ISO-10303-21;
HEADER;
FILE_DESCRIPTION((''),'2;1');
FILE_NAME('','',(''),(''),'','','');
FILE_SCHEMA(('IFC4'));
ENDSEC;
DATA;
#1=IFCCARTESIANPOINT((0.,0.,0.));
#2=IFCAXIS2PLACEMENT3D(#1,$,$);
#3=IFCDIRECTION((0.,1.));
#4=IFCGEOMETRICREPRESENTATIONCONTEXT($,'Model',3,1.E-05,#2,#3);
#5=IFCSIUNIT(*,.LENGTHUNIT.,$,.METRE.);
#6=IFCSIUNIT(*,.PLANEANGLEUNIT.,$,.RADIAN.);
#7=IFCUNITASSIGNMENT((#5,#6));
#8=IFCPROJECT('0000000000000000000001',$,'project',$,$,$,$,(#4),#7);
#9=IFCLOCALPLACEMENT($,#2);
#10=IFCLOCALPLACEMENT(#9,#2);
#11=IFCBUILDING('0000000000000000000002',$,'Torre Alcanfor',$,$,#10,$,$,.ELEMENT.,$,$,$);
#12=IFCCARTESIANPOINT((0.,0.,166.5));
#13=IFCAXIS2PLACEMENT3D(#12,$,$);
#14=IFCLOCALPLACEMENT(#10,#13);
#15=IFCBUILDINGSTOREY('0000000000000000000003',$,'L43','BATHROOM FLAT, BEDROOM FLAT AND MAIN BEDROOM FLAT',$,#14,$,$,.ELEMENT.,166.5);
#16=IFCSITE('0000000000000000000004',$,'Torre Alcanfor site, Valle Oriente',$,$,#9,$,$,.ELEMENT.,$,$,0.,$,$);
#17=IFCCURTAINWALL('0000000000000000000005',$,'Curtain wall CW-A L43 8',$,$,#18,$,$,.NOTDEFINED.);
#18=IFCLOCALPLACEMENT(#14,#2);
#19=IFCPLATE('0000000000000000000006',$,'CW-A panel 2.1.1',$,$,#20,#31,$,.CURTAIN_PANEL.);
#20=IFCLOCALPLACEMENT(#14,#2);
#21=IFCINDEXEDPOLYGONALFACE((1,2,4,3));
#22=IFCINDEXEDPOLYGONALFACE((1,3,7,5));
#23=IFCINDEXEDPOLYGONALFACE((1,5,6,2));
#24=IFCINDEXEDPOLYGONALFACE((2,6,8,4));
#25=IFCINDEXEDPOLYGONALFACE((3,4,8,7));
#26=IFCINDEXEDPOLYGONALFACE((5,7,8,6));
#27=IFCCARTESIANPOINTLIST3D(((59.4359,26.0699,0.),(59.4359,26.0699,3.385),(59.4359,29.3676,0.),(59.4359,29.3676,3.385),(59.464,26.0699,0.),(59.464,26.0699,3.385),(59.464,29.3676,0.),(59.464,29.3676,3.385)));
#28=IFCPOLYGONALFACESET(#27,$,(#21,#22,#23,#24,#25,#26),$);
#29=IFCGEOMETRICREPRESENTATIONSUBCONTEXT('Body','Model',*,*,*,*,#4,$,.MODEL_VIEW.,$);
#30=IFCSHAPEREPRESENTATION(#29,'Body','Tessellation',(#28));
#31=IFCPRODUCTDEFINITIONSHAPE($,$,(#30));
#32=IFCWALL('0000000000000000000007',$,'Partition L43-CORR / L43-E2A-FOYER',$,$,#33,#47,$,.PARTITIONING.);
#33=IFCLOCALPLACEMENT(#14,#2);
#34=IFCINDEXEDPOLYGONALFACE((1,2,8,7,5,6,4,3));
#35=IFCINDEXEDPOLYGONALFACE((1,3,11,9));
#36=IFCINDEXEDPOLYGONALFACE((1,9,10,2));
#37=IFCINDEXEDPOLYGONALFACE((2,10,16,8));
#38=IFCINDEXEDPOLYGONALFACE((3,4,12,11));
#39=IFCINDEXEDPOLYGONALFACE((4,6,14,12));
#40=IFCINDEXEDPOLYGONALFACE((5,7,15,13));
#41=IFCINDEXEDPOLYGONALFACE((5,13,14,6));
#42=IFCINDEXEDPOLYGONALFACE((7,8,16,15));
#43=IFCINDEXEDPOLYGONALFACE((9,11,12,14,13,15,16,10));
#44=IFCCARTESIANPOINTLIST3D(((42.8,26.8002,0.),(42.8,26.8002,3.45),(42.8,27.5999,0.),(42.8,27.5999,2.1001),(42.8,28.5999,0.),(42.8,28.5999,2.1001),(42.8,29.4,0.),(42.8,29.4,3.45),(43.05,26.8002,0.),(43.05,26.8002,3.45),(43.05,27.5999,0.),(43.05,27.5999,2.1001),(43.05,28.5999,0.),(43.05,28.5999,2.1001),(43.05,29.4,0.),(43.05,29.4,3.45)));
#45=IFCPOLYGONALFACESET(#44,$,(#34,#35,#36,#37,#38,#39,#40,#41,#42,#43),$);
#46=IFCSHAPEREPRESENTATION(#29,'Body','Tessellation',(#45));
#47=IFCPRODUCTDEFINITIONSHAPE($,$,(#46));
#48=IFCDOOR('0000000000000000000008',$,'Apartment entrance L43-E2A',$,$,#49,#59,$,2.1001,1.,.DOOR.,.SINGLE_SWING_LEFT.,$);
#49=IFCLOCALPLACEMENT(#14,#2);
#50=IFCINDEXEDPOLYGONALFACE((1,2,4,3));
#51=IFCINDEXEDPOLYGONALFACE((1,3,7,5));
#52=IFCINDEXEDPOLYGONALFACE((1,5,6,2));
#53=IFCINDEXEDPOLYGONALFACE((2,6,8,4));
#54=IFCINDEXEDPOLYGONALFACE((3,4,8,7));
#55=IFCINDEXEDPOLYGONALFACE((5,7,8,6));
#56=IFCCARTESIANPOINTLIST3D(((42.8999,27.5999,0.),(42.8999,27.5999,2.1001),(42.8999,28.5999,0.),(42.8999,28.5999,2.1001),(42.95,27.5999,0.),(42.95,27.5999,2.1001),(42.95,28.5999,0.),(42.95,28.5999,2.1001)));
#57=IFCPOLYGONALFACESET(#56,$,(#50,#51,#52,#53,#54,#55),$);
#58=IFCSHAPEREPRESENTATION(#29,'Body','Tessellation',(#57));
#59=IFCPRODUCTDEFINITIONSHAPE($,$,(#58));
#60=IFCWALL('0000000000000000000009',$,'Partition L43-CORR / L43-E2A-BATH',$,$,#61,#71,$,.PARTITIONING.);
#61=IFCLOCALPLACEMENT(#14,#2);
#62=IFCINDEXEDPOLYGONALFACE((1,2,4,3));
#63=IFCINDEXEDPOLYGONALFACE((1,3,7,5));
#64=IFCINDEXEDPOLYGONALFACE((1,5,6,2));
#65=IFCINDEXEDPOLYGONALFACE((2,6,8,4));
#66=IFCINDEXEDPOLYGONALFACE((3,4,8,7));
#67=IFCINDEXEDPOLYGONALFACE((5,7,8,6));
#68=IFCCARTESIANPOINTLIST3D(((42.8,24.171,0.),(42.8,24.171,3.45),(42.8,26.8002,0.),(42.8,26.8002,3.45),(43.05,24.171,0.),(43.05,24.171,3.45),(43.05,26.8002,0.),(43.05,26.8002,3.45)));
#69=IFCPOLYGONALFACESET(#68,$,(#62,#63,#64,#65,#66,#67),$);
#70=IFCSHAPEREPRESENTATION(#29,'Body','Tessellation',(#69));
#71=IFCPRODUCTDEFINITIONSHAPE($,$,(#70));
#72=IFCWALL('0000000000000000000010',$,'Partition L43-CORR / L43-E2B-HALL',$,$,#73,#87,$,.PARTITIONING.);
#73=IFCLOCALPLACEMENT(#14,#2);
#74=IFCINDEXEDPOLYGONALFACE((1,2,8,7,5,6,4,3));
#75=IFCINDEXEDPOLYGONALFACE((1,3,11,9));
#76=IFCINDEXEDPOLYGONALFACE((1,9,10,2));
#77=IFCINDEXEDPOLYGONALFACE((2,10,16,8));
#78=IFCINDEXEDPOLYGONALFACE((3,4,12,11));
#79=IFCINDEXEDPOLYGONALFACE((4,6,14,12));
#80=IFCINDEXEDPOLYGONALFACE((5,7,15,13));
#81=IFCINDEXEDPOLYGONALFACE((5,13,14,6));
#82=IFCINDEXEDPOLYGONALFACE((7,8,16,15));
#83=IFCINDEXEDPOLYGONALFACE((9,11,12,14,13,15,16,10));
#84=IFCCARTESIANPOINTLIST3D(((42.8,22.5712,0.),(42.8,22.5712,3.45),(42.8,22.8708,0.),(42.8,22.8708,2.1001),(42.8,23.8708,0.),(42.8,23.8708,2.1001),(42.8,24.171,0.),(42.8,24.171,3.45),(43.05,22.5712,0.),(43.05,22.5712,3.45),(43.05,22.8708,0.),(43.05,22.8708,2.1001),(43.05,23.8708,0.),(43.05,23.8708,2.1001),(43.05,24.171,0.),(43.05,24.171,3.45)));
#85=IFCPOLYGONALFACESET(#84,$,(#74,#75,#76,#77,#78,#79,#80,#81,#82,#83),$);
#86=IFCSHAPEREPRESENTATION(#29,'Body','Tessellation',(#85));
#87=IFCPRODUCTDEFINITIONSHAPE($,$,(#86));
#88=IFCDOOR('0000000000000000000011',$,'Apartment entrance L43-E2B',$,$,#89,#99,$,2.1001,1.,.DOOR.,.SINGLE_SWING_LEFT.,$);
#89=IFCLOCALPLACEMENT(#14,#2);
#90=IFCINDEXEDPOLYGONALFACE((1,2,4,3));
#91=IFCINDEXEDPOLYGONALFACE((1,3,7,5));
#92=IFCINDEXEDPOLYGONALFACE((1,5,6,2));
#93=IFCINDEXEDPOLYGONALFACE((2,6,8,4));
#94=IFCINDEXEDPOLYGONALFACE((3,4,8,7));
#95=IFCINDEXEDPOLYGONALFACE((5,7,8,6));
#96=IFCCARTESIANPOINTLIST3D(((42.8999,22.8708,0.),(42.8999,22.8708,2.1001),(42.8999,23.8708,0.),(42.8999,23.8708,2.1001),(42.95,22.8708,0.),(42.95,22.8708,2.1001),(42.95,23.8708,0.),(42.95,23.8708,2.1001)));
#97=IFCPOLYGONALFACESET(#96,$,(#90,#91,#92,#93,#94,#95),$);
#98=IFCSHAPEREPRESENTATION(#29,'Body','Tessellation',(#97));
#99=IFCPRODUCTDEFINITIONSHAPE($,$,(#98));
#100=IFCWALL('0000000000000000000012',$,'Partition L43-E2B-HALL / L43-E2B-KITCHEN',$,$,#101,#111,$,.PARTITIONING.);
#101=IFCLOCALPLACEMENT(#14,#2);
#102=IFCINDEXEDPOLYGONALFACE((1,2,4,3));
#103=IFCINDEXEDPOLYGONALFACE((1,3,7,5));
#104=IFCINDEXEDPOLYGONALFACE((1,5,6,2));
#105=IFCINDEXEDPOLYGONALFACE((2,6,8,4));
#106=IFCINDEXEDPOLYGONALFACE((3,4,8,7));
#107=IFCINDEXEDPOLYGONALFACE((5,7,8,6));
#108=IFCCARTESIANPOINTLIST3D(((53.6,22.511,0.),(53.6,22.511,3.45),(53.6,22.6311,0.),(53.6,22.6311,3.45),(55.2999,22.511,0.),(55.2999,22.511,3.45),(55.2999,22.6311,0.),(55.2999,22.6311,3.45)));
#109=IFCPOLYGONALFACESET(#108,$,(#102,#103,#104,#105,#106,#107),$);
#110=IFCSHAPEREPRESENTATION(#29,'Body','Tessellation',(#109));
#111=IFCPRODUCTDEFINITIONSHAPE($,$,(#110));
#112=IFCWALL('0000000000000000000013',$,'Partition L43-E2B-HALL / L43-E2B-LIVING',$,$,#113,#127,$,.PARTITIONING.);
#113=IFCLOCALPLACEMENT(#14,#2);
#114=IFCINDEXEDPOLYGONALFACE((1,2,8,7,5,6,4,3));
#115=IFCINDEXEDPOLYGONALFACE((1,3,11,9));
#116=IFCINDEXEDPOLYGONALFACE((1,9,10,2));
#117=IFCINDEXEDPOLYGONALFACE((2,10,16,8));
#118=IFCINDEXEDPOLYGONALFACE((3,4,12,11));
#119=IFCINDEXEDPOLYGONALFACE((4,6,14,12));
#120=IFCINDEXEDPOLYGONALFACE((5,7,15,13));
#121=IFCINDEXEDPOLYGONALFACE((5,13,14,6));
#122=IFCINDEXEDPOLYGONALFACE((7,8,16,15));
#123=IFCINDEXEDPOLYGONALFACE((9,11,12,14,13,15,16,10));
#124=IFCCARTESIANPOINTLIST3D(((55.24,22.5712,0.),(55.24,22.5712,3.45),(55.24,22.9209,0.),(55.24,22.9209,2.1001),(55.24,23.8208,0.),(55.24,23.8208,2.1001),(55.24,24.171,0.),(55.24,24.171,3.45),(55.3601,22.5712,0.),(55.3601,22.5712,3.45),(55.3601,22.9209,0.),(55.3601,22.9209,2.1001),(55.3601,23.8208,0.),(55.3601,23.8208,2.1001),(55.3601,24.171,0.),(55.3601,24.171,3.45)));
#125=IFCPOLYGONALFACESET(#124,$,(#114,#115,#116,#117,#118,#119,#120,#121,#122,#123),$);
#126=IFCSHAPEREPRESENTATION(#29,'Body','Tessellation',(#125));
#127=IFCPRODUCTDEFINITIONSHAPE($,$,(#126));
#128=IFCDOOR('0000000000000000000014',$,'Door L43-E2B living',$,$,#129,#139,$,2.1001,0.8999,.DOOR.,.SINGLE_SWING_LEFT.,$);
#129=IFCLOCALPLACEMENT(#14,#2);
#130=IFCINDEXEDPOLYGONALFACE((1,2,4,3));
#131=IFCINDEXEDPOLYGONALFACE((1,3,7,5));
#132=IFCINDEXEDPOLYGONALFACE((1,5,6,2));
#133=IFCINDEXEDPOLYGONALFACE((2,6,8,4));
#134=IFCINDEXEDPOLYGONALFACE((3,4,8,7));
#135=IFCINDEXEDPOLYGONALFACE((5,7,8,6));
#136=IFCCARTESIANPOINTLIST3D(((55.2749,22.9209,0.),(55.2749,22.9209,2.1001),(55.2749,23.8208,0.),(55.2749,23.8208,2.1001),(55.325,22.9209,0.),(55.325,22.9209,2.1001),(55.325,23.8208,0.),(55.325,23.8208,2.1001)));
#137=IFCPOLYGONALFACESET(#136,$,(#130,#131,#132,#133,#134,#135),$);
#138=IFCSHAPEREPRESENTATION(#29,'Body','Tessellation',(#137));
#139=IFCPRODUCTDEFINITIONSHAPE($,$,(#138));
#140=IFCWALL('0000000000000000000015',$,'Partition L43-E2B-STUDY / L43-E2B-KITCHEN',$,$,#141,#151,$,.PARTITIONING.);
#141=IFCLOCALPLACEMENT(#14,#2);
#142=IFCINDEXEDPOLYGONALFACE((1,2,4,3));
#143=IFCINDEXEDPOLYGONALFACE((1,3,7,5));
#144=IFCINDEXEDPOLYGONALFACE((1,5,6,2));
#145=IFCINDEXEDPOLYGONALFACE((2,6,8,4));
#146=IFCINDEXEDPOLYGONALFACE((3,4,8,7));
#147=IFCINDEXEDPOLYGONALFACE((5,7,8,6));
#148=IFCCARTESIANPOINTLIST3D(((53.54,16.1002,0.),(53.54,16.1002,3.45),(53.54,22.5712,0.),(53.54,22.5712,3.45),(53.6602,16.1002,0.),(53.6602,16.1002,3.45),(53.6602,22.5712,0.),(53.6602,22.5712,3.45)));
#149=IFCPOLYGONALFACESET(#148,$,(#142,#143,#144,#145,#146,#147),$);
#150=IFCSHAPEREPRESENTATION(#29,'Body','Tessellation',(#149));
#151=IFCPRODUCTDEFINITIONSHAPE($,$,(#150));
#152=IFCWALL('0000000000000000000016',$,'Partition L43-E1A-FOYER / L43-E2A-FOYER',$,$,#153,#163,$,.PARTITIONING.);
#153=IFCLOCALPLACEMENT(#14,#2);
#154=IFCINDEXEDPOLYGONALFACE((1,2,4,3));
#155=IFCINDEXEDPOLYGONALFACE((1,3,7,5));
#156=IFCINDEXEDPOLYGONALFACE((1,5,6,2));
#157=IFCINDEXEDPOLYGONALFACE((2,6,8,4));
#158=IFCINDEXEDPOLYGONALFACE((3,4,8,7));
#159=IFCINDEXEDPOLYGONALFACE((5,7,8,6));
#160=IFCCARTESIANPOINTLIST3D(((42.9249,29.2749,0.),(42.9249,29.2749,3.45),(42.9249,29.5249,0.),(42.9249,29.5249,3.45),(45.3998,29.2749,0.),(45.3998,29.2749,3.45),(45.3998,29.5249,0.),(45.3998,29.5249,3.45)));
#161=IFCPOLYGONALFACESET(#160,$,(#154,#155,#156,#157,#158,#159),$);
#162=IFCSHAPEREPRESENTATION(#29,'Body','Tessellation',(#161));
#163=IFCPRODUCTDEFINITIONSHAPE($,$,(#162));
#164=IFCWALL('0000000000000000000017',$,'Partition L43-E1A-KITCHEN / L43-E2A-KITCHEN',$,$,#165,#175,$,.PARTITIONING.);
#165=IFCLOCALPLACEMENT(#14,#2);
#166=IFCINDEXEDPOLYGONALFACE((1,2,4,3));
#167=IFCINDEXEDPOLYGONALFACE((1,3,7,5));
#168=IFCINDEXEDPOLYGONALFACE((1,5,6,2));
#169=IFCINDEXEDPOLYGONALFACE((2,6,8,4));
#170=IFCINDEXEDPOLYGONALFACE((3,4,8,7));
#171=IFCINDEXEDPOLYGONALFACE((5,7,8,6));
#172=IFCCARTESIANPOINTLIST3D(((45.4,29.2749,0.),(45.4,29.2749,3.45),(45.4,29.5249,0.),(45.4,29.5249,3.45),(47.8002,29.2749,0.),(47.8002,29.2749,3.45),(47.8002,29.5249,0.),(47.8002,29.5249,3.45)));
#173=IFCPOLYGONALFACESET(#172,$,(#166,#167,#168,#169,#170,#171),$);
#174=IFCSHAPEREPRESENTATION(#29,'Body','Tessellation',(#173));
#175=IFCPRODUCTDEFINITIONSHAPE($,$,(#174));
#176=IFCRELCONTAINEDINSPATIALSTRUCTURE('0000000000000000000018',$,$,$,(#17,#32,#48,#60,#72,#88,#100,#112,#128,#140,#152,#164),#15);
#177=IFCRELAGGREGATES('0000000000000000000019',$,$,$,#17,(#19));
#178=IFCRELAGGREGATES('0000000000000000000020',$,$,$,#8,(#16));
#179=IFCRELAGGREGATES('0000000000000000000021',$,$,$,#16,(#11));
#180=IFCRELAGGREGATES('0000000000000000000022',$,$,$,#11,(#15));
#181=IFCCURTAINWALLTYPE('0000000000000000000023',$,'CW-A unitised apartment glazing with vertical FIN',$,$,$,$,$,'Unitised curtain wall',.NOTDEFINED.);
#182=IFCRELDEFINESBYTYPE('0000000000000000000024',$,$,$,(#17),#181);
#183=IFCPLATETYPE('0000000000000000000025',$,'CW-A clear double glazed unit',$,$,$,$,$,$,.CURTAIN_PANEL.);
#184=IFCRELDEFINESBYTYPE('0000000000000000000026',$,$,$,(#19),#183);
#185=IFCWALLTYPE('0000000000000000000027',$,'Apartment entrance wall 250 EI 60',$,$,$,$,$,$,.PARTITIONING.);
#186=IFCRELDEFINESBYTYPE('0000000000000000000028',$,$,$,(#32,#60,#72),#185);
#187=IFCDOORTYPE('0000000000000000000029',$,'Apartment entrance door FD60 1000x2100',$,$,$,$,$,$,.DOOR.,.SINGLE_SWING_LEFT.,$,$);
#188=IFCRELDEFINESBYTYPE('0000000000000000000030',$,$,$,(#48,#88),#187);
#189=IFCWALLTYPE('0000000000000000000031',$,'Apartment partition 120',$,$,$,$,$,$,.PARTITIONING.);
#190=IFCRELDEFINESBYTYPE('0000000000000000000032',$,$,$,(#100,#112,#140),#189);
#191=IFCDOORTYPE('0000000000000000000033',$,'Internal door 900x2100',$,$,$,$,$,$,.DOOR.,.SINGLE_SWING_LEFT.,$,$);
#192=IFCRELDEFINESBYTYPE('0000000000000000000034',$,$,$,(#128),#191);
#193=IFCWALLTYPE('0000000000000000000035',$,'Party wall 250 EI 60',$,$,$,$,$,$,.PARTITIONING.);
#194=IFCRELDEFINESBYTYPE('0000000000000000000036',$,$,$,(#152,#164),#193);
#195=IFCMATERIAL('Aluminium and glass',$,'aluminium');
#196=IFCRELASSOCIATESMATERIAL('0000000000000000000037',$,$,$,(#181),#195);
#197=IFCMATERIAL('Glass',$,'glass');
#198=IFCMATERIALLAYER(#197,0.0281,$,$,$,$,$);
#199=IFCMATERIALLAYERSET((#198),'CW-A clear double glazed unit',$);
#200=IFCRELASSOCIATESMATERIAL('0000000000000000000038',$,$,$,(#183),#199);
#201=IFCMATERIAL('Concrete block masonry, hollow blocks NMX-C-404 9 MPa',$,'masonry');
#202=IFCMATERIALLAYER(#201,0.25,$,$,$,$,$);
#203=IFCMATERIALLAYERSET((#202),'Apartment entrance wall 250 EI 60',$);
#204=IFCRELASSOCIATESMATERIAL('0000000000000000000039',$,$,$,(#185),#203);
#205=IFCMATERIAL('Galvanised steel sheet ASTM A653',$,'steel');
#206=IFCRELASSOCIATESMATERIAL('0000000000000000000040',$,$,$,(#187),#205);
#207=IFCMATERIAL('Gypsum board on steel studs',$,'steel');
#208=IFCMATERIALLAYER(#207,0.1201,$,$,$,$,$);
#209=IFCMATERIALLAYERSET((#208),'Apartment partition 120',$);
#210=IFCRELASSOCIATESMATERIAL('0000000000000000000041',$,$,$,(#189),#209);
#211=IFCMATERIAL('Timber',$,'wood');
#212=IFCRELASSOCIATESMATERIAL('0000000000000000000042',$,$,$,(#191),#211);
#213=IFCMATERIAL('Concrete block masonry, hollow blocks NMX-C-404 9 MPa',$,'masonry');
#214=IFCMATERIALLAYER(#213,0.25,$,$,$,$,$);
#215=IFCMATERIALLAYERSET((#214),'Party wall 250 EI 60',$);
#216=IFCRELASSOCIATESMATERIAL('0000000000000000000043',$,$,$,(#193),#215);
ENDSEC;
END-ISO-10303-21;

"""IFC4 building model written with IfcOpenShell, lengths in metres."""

from ifc_helpers import new_model, si_unit, direction, frame, frame_2d, origin, origin_2d, place, context, subcontext, project, spatial, rectangle, extrude, material, layer, layer_set, type_object, element, fill, aggregate, save


model = new_model("IFC4")

# Units and contexts
model_context = context("Model", 3, precision=1e-05, world=origin(), true_north=direction((0.0, 1.0)))
body_context = subcontext(model_context, "Body", "Model", "MODEL_VIEW")
ifc_project = project(units=[si_unit("LENGTHUNIT", "METRE"), si_unit("PLANEANGLEUNIT", "RADIAN")], contexts=[model_context])

# Site, building, storey
site_placement = place(None, origin())
site = spatial("IfcSite", under=ifc_project, at=site_placement, Name="Torre Alcanfor site, Valle Oriente", CompositionType="ELEMENT", RefElevation=0.0)
building_placement = place(site_placement, origin())
building = spatial("IfcBuilding", under=site, at=building_placement, Name="Torre Alcanfor", CompositionType="ELEMENT")
storey_placement = place(building_placement, frame((0.0, 0.0, 166.5)))
storey = spatial("IfcBuildingStorey", under=building, at=storey_placement, Name="L43", Description="BATHROOM FLAT, BEDROOM FLAT AND MAIN BEDROOM FLAT", CompositionType="ELEMENT", Elevation=166.5)

# Curtain wall
ifc_material_1 = material(Name="Aluminium and glass", Category="aluminium")
curtain_wall_type = type_object("IfcCurtainWallType", Name="CW-A unitised apartment glazing with vertical FIN", ElementType="Unitised curtain wall", PredefinedType="NOTDEFINED", material=ifc_material_1)
curtain_wall_placement = place(storey_placement, origin())
curtain_wall = element("IfcCurtainWall", 1, at=curtain_wall_placement, inside=storey, type_object=curtain_wall_type, Name="Curtain wall CW-A L43 8", PredefinedType="NOTDEFINED")

# Plate
ifc_material_2 = material(Name="Glass", Category="glass")
ifc_layer_1 = layer(ifc_material_2, 0.0281)
ifc_layer_set_1 = layer_set([ifc_layer_1], Name="CW-A clear double glazed unit")
plate_type = type_object("IfcPlateType", Name="CW-A clear double glazed unit", PredefinedType="CURTAIN_PANEL", material=ifc_layer_set_1)
plate_1_placement = place(storey_placement, frame((59.45, 27.7188, 0.0), z_axis=(0.0, 0.0, 1.0), x_axis=(0.0, 1.0, 0.0)))
plate_1 = element("IfcPlate", 2, at=plate_1_placement, type_object=plate_type, Name="CW-A panel 2.1.1", PredefinedType="CURTAIN_PANEL", context=body_context, shape_type="SweptSolid", body=[
    extrude(rectangle(XDim=3.2976, YDim=0.0281, at=origin_2d()), origin(), (0.0, 0.0, 1.0), 3.385),
])
aggregate(curtain_wall, [plate_1])

# Wall, opening, door
ifc_material_3 = material(Name="Concrete block masonry, hollow blocks NMX-C-404 9 MPa", Category="masonry")
ifc_layer_2 = layer(ifc_material_3, 0.25)
ifc_layer_set_2 = layer_set([ifc_layer_2], Name="Apartment entrance wall 250 EI 60")
wall_type_1 = type_object("IfcWallType", Name="Apartment entrance wall 250 EI 60", PredefinedType="PARTITIONING", material=ifc_layer_set_2)
wall_1_placement = place(storey_placement, frame((42.925, 29.3999, 0.0), z_axis=(0.0, 0.0, 1.0), x_axis=(0.0, -1.0, 0.0)))
wall_1 = element("IfcWall", 3, at=wall_1_placement, inside=storey, type_object=wall_type_1, Name="Partition L43-CORR / L43-E2A-FOYER", PredefinedType="PARTITIONING", context=body_context, shape_type="SweptSolid", body=[
    extrude(rectangle(XDim=2.5999, YDim=0.25, at=frame_2d((1.2998, 0.0))), origin(), (0.0, 0.0, 1.0), 3.45),
])
opening_1_placement = place(wall_1_placement, frame((0.8, 0.0, 0.0)))
opening_1 = element("IfcOpeningElement", 4, at=opening_1_placement, cuts=wall_1, PredefinedType="OPENING", context=body_context, shape_type="SweptSolid", body=[
    extrude(rectangle(XDim=1.0, YDim=2.1001, at=frame_2d((0.5, 1.05))), frame((0.0, 0.135, 0.0), z_axis=(0.0, -1.0, 0.0), x_axis=(1.0, 0.0, 0.0)), (0.0, 0.0, 1.0), 0.27),
])
ifc_material_4 = material(Name="Galvanised steel sheet ASTM A653", Category="steel")
door_type_1 = type_object("IfcDoorType", Name="Apartment entrance door FD60 1000x2100", OperationType="SINGLE_SWING_LEFT", PredefinedType="DOOR", material=ifc_material_4)
door_1_placement = place(opening_1_placement, origin())
door_1 = element("IfcDoor", 5, at=door_1_placement, inside=storey, type_object=door_type_1, Name="Apartment entrance L43-E2A", OperationType="SINGLE_SWING_LEFT", OverallHeight=2.1001, OverallWidth=1.0, PredefinedType="DOOR", context=body_context, shape_type="SweptSolid", body=[
    extrude(rectangle(XDim=1.0, YDim=2.1001, at=frame_2d((0.5, 1.05))), frame((0.0, 0.0249, 0.0), z_axis=(0.0, -1.0, 0.0), x_axis=(1.0, 0.0, 0.0)), (0.0, 0.0, 1.0), 0.05),
])
fill(opening_1, door_1)

# Wall
wall_2_placement = place(storey_placement, frame((42.925, 26.8, 0.0), z_axis=(0.0, 0.0, 1.0), x_axis=(0.0, -1.0, 0.0)))
element("IfcWall", 6, at=wall_2_placement, inside=storey, type_object=wall_type_1, Name="Partition L43-CORR / L43-E2A-BATH", PredefinedType="PARTITIONING", context=body_context, shape_type="SweptSolid", body=[
    extrude(rectangle(XDim=2.6292, YDim=0.25, at=frame_2d((1.3145, 0.0))), origin(), (0.0, 0.0, 1.0), 3.45),
])

# Wall, opening, door
wall_3_placement = place(storey_placement, frame((42.925, 24.1709, 0.0), z_axis=(0.0, 0.0, 1.0), x_axis=(0.0, -1.0, 0.0)))
wall_3 = element("IfcWall", 7, at=wall_3_placement, inside=storey, type_object=wall_type_1, Name="Partition L43-CORR / L43-E2B-HALL", PredefinedType="PARTITIONING", context=body_context, shape_type="SweptSolid", body=[
    extrude(rectangle(XDim=1.5999, YDim=0.25, at=frame_2d((0.7998, 0.0))), origin(), (0.0, 0.0, 1.0), 3.45),
])
opening_2_placement = place(wall_3_placement, frame((0.3, 0.0, 0.0)))
opening_2 = element("IfcOpeningElement", 8, at=opening_2_placement, cuts=wall_3, PredefinedType="OPENING", context=body_context, shape_type="SweptSolid", body=[
    extrude(rectangle(XDim=1.0, YDim=2.1001, at=frame_2d((0.5, 1.05))), frame((0.0, 0.135, 0.0), z_axis=(0.0, -1.0, 0.0), x_axis=(1.0, 0.0, 0.0)), (0.0, 0.0, 1.0), 0.27),
])
door_2_placement = place(opening_2_placement, origin())
door_2 = element("IfcDoor", 9, at=door_2_placement, inside=storey, type_object=door_type_1, Name="Apartment entrance L43-E2B", OperationType="SINGLE_SWING_LEFT", OverallHeight=2.1001, OverallWidth=1.0, PredefinedType="DOOR", context=body_context, shape_type="SweptSolid", body=[
    extrude(rectangle(XDim=1.0, YDim=2.1001, at=frame_2d((0.5, 1.05))), frame((0.0, 0.0249, 0.0), z_axis=(0.0, -1.0, 0.0), x_axis=(1.0, 0.0, 0.0)), (0.0, 0.0, 1.0), 0.05),
])
fill(opening_2, door_2)

# Wall
ifc_material_5 = material(Name="Gypsum board on steel studs", Category="steel")
ifc_layer_3 = layer(ifc_material_5, 0.1201)
ifc_layer_set_3 = layer_set([ifc_layer_3], Name="Apartment partition 120")
wall_type_2 = type_object("IfcWallType", Name="Apartment partition 120", PredefinedType="PARTITIONING", material=ifc_layer_set_3)
wall_4_placement = place(storey_placement, frame((55.3, 22.571, 0.0), z_axis=(0.0, 0.0, 1.0), x_axis=(-1.0, 0.0, 0.0)))
element("IfcWall", 10, at=wall_4_placement, inside=storey, type_object=wall_type_2, Name="Partition L43-E2B-HALL / L43-E2B-KITCHEN", PredefinedType="PARTITIONING", context=body_context, shape_type="SweptSolid", body=[
    extrude(rectangle(XDim=1.7, YDim=0.1201, at=frame_2d((0.8501, 0.0))), origin(), (0.0, 0.0, 1.0), 3.45),
])

# Wall, opening, door
wall_5_placement = place(storey_placement, frame((55.3, 24.1709, 0.0), z_axis=(0.0, 0.0, 1.0), x_axis=(0.0, -1.0, 0.0)))
wall_5 = element("IfcWall", 11, at=wall_5_placement, inside=storey, type_object=wall_type_2, Name="Partition L43-E2B-HALL / L43-E2B-LIVING", PredefinedType="PARTITIONING", context=body_context, shape_type="SweptSolid", body=[
    extrude(rectangle(XDim=1.5999, YDim=0.1201, at=frame_2d((0.7998, 0.0))), origin(), (0.0, 0.0, 1.0), 3.45),
])
opening_3_placement = place(wall_5_placement, frame((0.3501, 0.0, 0.0)))
opening_3 = element("IfcOpeningElement", 12, at=opening_3_placement, cuts=wall_5, PredefinedType="OPENING", context=body_context, shape_type="SweptSolid", body=[
    extrude(rectangle(XDim=0.8999, YDim=2.1001, at=frame_2d((0.45, 1.05))), frame((0.0, 0.0701, 0.0), z_axis=(0.0, -1.0, 0.0), x_axis=(1.0, 0.0, 0.0)), (0.0, 0.0, 1.0), 0.1401),
])
ifc_material_6 = material(Name="Timber", Category="wood")
door_type_2 = type_object("IfcDoorType", Name="Internal door 900x2100", OperationType="SINGLE_SWING_LEFT", PredefinedType="DOOR", material=ifc_material_6)
door_3_placement = place(opening_3_placement, origin())
door_3 = element("IfcDoor", 13, at=door_3_placement, inside=storey, type_object=door_type_2, Name="Door L43-E2B living", OperationType="SINGLE_SWING_LEFT", OverallHeight=2.1001, OverallWidth=0.8999, PredefinedType="DOOR", context=body_context, shape_type="SweptSolid", body=[
    extrude(rectangle(XDim=0.8999, YDim=2.1001, at=frame_2d((0.45, 1.05))), frame((0.0, 0.0249, 0.0), z_axis=(0.0, -1.0, 0.0), x_axis=(1.0, 0.0, 0.0)), (0.0, 0.0, 1.0), 0.05),
])
fill(opening_3, door_3)

# Walls
wall_6_placement = place(storey_placement, frame((53.6001, 22.571, 0.0), z_axis=(0.0, 0.0, 1.0), x_axis=(0.0, -1.0, 0.0)))
element("IfcWall", 14, at=wall_6_placement, inside=storey, type_object=wall_type_2, Name="Partition L43-E2B-STUDY / L43-E2B-KITCHEN", PredefinedType="PARTITIONING", context=body_context, shape_type="SweptSolid", body=[
    extrude(rectangle(XDim=6.4709, YDim=0.1201, at=frame_2d((3.2354, 0.0))), origin(), (0.0, 0.0, 1.0), 3.45),
])
ifc_material_7 = material(Name="Concrete block masonry, hollow blocks NMX-C-404 9 MPa", Category="masonry")
ifc_layer_4 = layer(ifc_material_7, 0.25)
ifc_layer_set_4 = layer_set([ifc_layer_4], Name="Party wall 250 EI 60")
wall_type_3 = type_object("IfcWallType", Name="Party wall 250 EI 60", PredefinedType="PARTITIONING", material=ifc_layer_set_4)
wall_7_placement = place(storey_placement, frame((42.925, 29.3999, 0.0), z_axis=(0.0, 0.0, 1.0), x_axis=(1.0, 0.0, 0.0)))
element("IfcWall", 15, at=wall_7_placement, inside=storey, type_object=wall_type_3, Name="Partition L43-E1A-FOYER / L43-E2A-FOYER", PredefinedType="PARTITIONING", context=body_context, shape_type="SweptSolid", body=[
    extrude(rectangle(XDim=2.4749, YDim=0.25, at=frame_2d((1.2373, 0.0))), origin(), (0.0, 0.0, 1.0), 3.45),
])
wall_8_placement = place(storey_placement, frame((45.3999, 29.3999, 0.0), z_axis=(0.0, 0.0, 1.0), x_axis=(1.0, 0.0, 0.0)))
element("IfcWall", 16, at=wall_8_placement, inside=storey, type_object=wall_type_3, Name="Partition L43-E1A-KITCHEN / L43-E2A-KITCHEN", PredefinedType="PARTITIONING", context=body_context, shape_type="SweptSolid", body=[
    extrude(rectangle(XDim=2.4001, YDim=0.25, at=frame_2d((1.2002, 0.0))), origin(), (0.0, 0.0, 1.0), 3.45),
])

save(model, "model.ifc")
